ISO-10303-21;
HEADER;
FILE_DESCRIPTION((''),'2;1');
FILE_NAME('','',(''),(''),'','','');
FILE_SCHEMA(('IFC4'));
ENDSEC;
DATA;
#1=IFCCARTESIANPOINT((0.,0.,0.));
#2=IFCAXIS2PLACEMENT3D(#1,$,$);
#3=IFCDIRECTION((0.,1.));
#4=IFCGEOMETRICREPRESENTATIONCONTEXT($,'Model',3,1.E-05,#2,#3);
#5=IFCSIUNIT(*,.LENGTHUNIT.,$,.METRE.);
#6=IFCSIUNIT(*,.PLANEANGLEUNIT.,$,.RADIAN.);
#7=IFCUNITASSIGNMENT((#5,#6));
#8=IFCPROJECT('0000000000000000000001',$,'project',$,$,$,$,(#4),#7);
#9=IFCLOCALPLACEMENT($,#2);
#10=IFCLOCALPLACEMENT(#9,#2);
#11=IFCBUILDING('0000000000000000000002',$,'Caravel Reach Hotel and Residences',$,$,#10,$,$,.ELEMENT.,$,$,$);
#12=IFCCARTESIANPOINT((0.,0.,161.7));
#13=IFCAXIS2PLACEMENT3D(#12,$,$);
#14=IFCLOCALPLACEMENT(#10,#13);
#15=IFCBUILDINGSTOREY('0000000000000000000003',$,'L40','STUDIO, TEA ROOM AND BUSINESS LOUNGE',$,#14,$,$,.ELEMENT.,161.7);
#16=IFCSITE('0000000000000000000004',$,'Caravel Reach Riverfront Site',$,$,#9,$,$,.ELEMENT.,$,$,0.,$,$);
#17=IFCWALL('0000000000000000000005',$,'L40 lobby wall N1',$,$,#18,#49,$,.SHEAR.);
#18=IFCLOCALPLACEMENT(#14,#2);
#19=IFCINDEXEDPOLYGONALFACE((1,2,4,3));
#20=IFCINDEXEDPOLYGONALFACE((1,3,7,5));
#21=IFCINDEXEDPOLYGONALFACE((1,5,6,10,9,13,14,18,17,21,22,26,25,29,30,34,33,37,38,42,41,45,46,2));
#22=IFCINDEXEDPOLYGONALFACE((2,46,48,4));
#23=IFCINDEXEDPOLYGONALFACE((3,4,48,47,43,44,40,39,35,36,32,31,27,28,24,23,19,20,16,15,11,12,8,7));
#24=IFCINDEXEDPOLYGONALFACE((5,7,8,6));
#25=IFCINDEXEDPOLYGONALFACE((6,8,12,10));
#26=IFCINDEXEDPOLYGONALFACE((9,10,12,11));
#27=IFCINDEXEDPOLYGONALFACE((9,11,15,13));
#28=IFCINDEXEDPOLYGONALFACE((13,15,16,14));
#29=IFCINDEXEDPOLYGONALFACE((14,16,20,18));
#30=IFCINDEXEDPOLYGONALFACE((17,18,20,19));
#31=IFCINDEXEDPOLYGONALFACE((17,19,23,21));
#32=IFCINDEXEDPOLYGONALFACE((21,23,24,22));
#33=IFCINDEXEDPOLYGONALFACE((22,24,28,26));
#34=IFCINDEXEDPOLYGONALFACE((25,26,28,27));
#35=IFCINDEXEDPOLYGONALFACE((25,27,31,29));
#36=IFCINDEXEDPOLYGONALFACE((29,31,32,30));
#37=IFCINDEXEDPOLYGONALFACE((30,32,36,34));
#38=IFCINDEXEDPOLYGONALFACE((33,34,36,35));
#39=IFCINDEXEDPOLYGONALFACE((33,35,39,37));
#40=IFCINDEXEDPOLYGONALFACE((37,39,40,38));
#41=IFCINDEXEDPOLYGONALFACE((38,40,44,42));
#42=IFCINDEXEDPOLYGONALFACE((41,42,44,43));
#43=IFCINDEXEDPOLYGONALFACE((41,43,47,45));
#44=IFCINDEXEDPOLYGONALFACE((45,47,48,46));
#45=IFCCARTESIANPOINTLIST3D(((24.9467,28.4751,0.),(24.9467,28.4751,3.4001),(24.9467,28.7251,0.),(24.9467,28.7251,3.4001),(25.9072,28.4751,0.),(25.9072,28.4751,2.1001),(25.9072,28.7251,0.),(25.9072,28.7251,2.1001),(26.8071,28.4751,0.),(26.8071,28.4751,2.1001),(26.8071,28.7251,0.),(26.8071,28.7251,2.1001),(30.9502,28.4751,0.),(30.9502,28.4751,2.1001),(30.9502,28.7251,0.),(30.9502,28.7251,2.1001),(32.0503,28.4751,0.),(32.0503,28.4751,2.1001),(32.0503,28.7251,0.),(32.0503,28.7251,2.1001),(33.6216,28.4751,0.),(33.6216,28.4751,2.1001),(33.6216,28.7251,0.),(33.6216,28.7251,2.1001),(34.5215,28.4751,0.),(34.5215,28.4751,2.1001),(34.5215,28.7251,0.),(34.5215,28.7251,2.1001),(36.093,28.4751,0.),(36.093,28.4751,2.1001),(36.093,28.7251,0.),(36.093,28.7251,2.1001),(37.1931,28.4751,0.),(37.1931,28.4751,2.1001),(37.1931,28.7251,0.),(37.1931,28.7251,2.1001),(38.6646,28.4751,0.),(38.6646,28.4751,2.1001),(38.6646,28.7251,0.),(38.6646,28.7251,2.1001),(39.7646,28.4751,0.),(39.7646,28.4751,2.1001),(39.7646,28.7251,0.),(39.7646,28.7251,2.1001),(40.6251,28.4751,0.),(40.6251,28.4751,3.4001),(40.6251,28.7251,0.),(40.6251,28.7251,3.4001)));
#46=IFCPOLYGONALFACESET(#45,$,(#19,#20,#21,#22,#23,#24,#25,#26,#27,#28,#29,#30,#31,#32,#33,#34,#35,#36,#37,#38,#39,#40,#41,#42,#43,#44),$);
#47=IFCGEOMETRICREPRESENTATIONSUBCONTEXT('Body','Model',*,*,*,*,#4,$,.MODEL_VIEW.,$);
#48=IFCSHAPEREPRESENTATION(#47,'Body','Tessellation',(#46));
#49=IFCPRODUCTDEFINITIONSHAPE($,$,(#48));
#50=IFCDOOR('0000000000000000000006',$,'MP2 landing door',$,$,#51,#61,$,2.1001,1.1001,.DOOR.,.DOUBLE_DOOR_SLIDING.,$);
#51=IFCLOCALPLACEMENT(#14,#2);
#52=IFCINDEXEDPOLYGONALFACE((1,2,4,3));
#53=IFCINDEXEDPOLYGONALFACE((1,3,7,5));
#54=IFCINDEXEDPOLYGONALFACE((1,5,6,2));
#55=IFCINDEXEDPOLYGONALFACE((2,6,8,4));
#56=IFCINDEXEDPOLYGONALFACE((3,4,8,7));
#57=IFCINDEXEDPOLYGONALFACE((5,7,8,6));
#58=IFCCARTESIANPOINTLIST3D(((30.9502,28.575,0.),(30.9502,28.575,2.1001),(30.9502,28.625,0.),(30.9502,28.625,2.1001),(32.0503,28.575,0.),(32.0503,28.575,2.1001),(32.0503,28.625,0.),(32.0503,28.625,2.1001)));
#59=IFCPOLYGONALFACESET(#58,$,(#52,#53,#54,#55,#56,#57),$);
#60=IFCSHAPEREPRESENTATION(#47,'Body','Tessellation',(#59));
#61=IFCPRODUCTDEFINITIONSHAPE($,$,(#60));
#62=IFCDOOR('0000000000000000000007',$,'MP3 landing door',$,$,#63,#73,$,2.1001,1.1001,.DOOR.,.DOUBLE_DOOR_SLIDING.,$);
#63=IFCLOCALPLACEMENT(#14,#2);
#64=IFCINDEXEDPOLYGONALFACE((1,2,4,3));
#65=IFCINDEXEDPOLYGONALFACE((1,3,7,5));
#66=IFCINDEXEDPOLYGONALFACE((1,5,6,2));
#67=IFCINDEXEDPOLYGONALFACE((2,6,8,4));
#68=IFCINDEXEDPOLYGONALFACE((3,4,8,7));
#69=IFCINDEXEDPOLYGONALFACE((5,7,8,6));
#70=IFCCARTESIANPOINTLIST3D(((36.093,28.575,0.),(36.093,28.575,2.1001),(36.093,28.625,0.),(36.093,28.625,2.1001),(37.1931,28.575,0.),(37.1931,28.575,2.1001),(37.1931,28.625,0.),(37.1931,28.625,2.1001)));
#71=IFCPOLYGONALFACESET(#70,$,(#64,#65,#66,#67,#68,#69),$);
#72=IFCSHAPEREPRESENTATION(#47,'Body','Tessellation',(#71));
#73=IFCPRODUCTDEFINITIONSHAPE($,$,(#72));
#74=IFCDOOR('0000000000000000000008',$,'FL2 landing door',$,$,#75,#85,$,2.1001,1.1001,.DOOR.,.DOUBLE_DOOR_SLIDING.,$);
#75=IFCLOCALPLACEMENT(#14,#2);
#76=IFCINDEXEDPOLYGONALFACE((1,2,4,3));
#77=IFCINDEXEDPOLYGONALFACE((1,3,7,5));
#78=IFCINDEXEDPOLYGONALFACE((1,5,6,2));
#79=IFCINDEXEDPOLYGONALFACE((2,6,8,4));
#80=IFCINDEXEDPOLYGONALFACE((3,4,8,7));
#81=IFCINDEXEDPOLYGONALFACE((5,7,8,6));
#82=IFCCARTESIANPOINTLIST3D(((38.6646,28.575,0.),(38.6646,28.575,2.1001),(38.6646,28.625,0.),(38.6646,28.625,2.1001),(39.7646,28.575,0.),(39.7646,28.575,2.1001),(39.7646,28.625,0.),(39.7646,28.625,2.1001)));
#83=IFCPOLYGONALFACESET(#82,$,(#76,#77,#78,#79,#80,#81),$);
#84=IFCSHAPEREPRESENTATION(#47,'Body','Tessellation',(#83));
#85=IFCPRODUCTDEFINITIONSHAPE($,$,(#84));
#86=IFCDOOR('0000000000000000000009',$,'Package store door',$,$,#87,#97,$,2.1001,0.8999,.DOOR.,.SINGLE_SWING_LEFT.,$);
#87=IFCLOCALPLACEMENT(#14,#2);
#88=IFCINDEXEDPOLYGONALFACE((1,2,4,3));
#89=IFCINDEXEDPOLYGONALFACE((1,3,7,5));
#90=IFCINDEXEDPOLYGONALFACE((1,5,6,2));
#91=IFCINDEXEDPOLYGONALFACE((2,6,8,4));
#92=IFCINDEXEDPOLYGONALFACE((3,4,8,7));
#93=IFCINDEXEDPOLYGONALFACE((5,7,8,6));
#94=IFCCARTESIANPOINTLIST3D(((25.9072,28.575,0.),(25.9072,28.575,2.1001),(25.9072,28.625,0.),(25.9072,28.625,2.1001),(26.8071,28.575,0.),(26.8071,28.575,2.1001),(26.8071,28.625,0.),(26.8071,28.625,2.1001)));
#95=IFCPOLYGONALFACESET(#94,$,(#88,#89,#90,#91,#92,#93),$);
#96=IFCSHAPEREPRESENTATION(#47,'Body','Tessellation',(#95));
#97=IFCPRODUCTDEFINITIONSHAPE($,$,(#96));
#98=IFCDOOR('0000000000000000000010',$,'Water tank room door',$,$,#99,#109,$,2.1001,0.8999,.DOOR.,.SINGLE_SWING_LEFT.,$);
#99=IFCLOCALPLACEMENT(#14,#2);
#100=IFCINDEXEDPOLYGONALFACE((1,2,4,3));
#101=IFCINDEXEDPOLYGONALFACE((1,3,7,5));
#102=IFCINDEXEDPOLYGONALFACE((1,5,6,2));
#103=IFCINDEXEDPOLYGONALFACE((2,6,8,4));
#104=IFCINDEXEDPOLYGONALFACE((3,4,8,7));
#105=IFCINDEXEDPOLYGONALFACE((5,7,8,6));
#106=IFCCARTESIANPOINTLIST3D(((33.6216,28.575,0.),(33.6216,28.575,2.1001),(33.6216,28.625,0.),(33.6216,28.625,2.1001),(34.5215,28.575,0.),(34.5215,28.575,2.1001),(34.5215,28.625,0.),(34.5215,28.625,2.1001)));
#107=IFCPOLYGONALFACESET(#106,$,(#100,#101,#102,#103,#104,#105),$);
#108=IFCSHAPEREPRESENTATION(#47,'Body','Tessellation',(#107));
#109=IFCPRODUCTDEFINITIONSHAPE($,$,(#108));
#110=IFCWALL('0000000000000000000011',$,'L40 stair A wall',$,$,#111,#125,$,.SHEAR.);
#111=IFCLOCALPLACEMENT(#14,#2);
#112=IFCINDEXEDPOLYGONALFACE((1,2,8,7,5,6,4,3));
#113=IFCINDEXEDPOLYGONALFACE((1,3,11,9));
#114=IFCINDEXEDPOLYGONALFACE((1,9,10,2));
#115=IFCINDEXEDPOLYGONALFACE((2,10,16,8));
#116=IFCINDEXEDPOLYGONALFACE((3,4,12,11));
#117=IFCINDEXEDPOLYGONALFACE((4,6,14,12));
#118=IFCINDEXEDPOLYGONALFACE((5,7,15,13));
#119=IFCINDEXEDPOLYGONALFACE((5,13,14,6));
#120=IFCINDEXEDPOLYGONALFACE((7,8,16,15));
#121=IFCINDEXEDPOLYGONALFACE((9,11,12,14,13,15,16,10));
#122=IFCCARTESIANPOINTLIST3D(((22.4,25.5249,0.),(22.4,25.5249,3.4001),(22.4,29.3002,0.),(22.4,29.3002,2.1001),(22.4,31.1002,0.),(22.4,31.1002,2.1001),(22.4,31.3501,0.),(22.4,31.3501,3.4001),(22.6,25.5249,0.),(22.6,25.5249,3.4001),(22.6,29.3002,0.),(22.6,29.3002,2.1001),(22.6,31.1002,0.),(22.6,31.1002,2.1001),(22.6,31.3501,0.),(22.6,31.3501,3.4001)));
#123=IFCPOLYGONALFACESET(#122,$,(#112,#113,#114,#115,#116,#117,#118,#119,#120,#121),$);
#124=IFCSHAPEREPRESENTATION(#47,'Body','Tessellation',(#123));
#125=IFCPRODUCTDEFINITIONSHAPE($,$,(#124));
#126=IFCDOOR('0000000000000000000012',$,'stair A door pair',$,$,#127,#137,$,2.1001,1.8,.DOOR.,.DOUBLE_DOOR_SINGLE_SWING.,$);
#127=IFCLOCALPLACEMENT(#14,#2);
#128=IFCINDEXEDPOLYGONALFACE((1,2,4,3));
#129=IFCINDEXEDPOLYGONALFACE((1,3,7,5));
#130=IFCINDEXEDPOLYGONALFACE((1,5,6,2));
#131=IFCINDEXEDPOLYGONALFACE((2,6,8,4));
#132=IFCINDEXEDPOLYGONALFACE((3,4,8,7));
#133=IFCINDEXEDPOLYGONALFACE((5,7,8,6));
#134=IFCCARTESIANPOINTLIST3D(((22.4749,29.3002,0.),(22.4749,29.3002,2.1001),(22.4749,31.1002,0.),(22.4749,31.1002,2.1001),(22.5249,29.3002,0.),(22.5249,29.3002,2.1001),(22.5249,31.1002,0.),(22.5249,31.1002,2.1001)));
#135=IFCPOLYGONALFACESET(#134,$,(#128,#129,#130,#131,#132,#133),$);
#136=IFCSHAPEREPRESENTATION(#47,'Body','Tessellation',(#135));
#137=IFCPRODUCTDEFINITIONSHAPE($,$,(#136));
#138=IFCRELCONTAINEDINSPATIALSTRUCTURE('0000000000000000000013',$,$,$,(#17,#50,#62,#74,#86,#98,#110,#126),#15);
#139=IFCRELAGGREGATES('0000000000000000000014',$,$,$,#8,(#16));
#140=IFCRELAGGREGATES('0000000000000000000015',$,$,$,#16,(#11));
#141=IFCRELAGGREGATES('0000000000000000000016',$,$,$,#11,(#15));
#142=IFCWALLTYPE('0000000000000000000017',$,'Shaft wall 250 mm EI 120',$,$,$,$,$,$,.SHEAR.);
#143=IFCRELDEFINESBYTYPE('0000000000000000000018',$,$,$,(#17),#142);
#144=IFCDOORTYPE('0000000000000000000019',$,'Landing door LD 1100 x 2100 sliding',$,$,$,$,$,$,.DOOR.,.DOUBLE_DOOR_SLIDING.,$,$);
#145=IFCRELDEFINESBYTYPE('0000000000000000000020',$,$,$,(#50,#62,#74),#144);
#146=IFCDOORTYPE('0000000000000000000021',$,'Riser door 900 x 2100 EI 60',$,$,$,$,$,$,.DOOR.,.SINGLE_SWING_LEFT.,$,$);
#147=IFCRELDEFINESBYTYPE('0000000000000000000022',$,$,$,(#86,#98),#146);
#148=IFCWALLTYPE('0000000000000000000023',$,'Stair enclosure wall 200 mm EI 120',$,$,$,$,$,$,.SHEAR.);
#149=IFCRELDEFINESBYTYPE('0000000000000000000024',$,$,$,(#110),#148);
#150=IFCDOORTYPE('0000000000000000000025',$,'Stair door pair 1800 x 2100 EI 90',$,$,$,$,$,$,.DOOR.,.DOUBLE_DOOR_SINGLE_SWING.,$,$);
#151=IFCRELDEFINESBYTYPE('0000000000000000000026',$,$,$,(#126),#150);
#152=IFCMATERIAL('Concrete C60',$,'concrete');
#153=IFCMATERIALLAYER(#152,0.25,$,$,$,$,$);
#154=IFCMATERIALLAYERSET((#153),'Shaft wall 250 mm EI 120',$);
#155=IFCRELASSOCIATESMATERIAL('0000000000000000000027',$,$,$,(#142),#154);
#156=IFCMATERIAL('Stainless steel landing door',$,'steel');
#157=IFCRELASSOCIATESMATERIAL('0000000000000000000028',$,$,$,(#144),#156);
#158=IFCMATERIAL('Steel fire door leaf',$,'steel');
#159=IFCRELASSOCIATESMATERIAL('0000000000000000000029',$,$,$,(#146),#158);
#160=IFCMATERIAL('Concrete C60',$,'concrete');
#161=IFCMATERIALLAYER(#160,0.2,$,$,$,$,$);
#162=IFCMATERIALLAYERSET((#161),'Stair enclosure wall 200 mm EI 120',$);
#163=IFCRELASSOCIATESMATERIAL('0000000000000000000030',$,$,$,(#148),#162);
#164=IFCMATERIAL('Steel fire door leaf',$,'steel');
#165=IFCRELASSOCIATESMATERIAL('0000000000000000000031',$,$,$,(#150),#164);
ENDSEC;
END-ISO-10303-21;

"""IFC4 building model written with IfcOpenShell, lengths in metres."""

from ifc_helpers import new_model, si_unit, direction, frame, frame_2d, origin, place, context, subcontext, project, spatial, rectangle, extrude, material, layer, layer_set, type_object, element, fill, save


model = new_model("IFC4")

# Units and contexts
model_context = context("Model", 3, precision=1e-05, world=origin(), true_north=direction((0.0, 1.0)))
body_context = subcontext(model_context, "Body", "Model", "MODEL_VIEW")
ifc_project = project(units=[si_unit("LENGTHUNIT", "METRE"), si_unit("PLANEANGLEUNIT", "RADIAN")], contexts=[model_context])

# Site, building, storey
site_placement = place(None, origin())
site = spatial("IfcSite", under=ifc_project, at=site_placement, Name="Caravel Reach Riverfront Site", CompositionType="ELEMENT", RefElevation=0.0)
building_placement = place(site_placement, origin())
building = spatial("IfcBuilding", under=site, at=building_placement, Name="Caravel Reach Hotel and Residences", CompositionType="ELEMENT")
storey_placement = place(building_placement, frame((0.0, 0.0, 161.7)))
storey = spatial("IfcBuildingStorey", under=building, at=storey_placement, Name="L40", Description="STUDIO, TEA ROOM AND BUSINESS LOUNGE", CompositionType="ELEMENT", Elevation=161.7)

# Wall, openings, doors
ifc_material_1 = material(Name="Concrete C60", Category="concrete")
ifc_layer_1 = layer(ifc_material_1, 0.25)
ifc_layer_set_1 = layer_set([ifc_layer_1], Name="Shaft wall 250 mm EI 120")
wall_type_1 = type_object("IfcWallType", Name="Shaft wall 250 mm EI 120", PredefinedType="SHEAR", material=ifc_layer_set_1)
ifc_material_2 = material(Name="Stainless steel landing door", Category="steel")
door_type_1 = type_object("IfcDoorType", Name="Landing door LD 1100 x 2100 sliding", OperationType="DOUBLE_DOOR_SLIDING", PredefinedType="DOOR", material=ifc_material_2)
ifc_material_3 = material(Name="Steel fire door leaf", Category="steel")
door_type_2 = type_object("IfcDoorType", Name="Riser door 900 x 2100 EI 60", OperationType="SINGLE_SWING_LEFT", PredefinedType="DOOR", material=ifc_material_3)
wall_1_placement = place(storey_placement, frame((24.9465, 28.6001, 0.0), z_axis=(0.0, 0.0, 1.0), x_axis=(1.0, 0.0, 0.0)))
wall_1 = element("IfcWall", 1, at=wall_1_placement, inside=storey, type_object=wall_type_1, Name="L40 lobby wall N1", PredefinedType="SHEAR", context=body_context, shape_type="SweptSolid", body=[
    extrude(rectangle(XDim=15.6785, YDim=0.25, at=frame_2d((7.8394, 0.0))), origin(), (0.0, 0.0, 1.0), 3.4001),
])
opening_1_placement = place(wall_1_placement, frame((6.0037, 0.0, 0.0)))
opening_1 = element("IfcOpeningElement", 2, at=opening_1_placement, cuts=wall_1, PredefinedType="OPENING", context=body_context, shape_type="SweptSolid", body=[
    extrude(rectangle(XDim=1.1001, YDim=2.1001, at=frame_2d((0.55, 1.05))), frame((0.0, 0.135, 0.0), z_axis=(0.0, -1.0, 0.0), x_axis=(1.0, 0.0, 0.0)), (0.0, 0.0, 1.0), 0.27),
])
opening_2_placement = place(wall_1_placement, frame((11.1465, 0.0, 0.0)))
opening_2 = element("IfcOpeningElement", 3, at=opening_2_placement, cuts=wall_1, PredefinedType="OPENING", context=body_context, shape_type="SweptSolid", body=[
    extrude(rectangle(XDim=1.1001, YDim=2.1001, at=frame_2d((0.55, 1.05))), frame((0.0, 0.135, 0.0), z_axis=(0.0, -1.0, 0.0), x_axis=(1.0, 0.0, 0.0)), (0.0, 0.0, 1.0), 0.27),
])
opening_3_placement = place(wall_1_placement, frame((13.718, 0.0, 0.0)))
opening_3 = element("IfcOpeningElement", 4, at=opening_3_placement, cuts=wall_1, PredefinedType="OPENING", context=body_context, shape_type="SweptSolid", body=[
    extrude(rectangle(XDim=1.1001, YDim=2.1001, at=frame_2d((0.55, 1.05))), frame((0.0, 0.135, 0.0), z_axis=(0.0, -1.0, 0.0), x_axis=(1.0, 0.0, 0.0)), (0.0, 0.0, 1.0), 0.27),
])
opening_4_placement = place(wall_1_placement, frame((0.9607, 0.0, 0.0)))
opening_4 = element("IfcOpeningElement", 5, at=opening_4_placement, cuts=wall_1, PredefinedType="OPENING", context=body_context, shape_type="SweptSolid", body=[
    extrude(rectangle(XDim=0.8999, YDim=2.1001, at=frame_2d((0.45, 1.05))), frame((0.0, 0.135, 0.0), z_axis=(0.0, -1.0, 0.0), x_axis=(1.0, 0.0, 0.0)), (0.0, 0.0, 1.0), 0.27),
])
opening_5_placement = place(wall_1_placement, frame((8.675, 0.0, 0.0)))
opening_5 = element("IfcOpeningElement", 6, at=opening_5_placement, cuts=wall_1, PredefinedType="OPENING", context=body_context, shape_type="SweptSolid", body=[
    extrude(rectangle(XDim=0.8999, YDim=2.1001, at=frame_2d((0.45, 1.05))), frame((0.0, 0.135, 0.0), z_axis=(0.0, -1.0, 0.0), x_axis=(1.0, 0.0, 0.0)), (0.0, 0.0, 1.0), 0.27),
])
door_1_placement = place(opening_1_placement, origin())
door_1 = element("IfcDoor", 7, at=door_1_placement, inside=storey, type_object=door_type_1, Name="MP2 landing door", OperationType="DOUBLE_DOOR_SLIDING", OverallHeight=2.1001, OverallWidth=1.1001, PredefinedType="DOOR", context=body_context, shape_type="SweptSolid", body=[
    extrude(rectangle(XDim=1.1001, YDim=2.1001, at=frame_2d((0.55, 1.05))), frame((0.0, 0.0249, 0.0), z_axis=(0.0, -1.0, 0.0), x_axis=(1.0, 0.0, 0.0)), (0.0, 0.0, 1.0), 0.05),
])
fill(opening_1, door_1)
door_2_placement = place(opening_2_placement, origin())
door_2 = element("IfcDoor", 8, at=door_2_placement, inside=storey, type_object=door_type_1, Name="MP3 landing door", OperationType="DOUBLE_DOOR_SLIDING", OverallHeight=2.1001, OverallWidth=1.1001, PredefinedType="DOOR", context=body_context, shape_type="SweptSolid", body=[
    extrude(rectangle(XDim=1.1001, YDim=2.1001, at=frame_2d((0.55, 1.05))), frame((0.0, 0.0249, 0.0), z_axis=(0.0, -1.0, 0.0), x_axis=(1.0, 0.0, 0.0)), (0.0, 0.0, 1.0), 0.05),
])
fill(opening_2, door_2)
door_3_placement = place(opening_3_placement, origin())
door_3 = element("IfcDoor", 9, at=door_3_placement, inside=storey, type_object=door_type_1, Name="FL2 landing door", OperationType="DOUBLE_DOOR_SLIDING", OverallHeight=2.1001, OverallWidth=1.1001, PredefinedType="DOOR", context=body_context, shape_type="SweptSolid", body=[
    extrude(rectangle(XDim=1.1001, YDim=2.1001, at=frame_2d((0.55, 1.05))), frame((0.0, 0.0249, 0.0), z_axis=(0.0, -1.0, 0.0), x_axis=(1.0, 0.0, 0.0)), (0.0, 0.0, 1.0), 0.05),
])
fill(opening_3, door_3)
door_4_placement = place(opening_4_placement, origin())
door_4 = element("IfcDoor", 10, at=door_4_placement, inside=storey, type_object=door_type_2, Name="Package store door", OperationType="SINGLE_SWING_LEFT", OverallHeight=2.1001, OverallWidth=0.8999, PredefinedType="DOOR", context=body_context, shape_type="SweptSolid", body=[
    extrude(rectangle(XDim=0.8999, YDim=2.1001, at=frame_2d((0.45, 1.05))), frame((0.0, 0.0249, 0.0), z_axis=(0.0, -1.0, 0.0), x_axis=(1.0, 0.0, 0.0)), (0.0, 0.0, 1.0), 0.05),
])
fill(opening_4, door_4)
door_5_placement = place(opening_5_placement, origin())
door_5 = element("IfcDoor", 11, at=door_5_placement, inside=storey, type_object=door_type_2, Name="Water tank room door", OperationType="SINGLE_SWING_LEFT", OverallHeight=2.1001, OverallWidth=0.8999, PredefinedType="DOOR", context=body_context, shape_type="SweptSolid", body=[
    extrude(rectangle(XDim=0.8999, YDim=2.1001, at=frame_2d((0.45, 1.05))), frame((0.0, 0.0249, 0.0), z_axis=(0.0, -1.0, 0.0), x_axis=(1.0, 0.0, 0.0)), (0.0, 0.0, 1.0), 0.05),
])
fill(opening_5, door_5)

# Wall, opening, door
ifc_material_4 = material(Name="Concrete C60", Category="concrete")
ifc_layer_2 = layer(ifc_material_4, 0.2)
ifc_layer_set_2 = layer_set([ifc_layer_2], Name="Stair enclosure wall 200 mm EI 120")
wall_type_2 = type_object("IfcWallType", Name="Stair enclosure wall 200 mm EI 120", PredefinedType="SHEAR", material=ifc_layer_set_2)
wall_2_placement = place(storey_placement, frame((22.5, 31.3501, 0.0), z_axis=(0.0, 0.0, 1.0), x_axis=(0.0, -1.0, 0.0)))
wall_2 = element("IfcWall", 12, at=wall_2_placement, inside=storey, type_object=wall_type_2, Name="L40 stair A wall", PredefinedType="SHEAR", context=body_context, shape_type="SweptSolid", body=[
    extrude(rectangle(XDim=5.8252, YDim=0.2, at=frame_2d((2.9126, 0.0))), origin(), (0.0, 0.0, 1.0), 3.4001),
])
opening_6_placement = place(wall_2_placement, frame((0.25, 0.0, 0.0)))
opening_6 = element("IfcOpeningElement", 13, at=opening_6_placement, cuts=wall_2, PredefinedType="OPENING", context=body_context, shape_type="SweptSolid", body=[
    extrude(rectangle(XDim=1.8, YDim=2.1001, at=frame_2d((0.8999, 1.05))), frame((0.0, 0.1099, 0.0), z_axis=(0.0, -1.0, 0.0), x_axis=(1.0, 0.0, 0.0)), (0.0, 0.0, 1.0), 0.22),
])
ifc_material_5 = material(Name="Steel fire door leaf", Category="steel")
door_type_3 = type_object("IfcDoorType", Name="Stair door pair 1800 x 2100 EI 90", OperationType="DOUBLE_DOOR_SINGLE_SWING", PredefinedType="DOOR", material=ifc_material_5)
door_6_placement = place(opening_6_placement, origin())
door_6 = element("IfcDoor", 14, at=door_6_placement, inside=storey, type_object=door_type_3, Name="stair A door pair", OperationType="DOUBLE_DOOR_SINGLE_SWING", OverallHeight=2.1001, OverallWidth=1.8, PredefinedType="DOOR", context=body_context, shape_type="SweptSolid", body=[
    extrude(rectangle(XDim=1.8, YDim=2.1001, at=frame_2d((0.8999, 1.05))), frame((0.0, 0.0249, 0.0), z_axis=(0.0, -1.0, 0.0), x_axis=(1.0, 0.0, 0.0)), (0.0, 0.0, 1.0), 0.05),
])
fill(opening_6, door_6)

save(model, "model.ifc")
